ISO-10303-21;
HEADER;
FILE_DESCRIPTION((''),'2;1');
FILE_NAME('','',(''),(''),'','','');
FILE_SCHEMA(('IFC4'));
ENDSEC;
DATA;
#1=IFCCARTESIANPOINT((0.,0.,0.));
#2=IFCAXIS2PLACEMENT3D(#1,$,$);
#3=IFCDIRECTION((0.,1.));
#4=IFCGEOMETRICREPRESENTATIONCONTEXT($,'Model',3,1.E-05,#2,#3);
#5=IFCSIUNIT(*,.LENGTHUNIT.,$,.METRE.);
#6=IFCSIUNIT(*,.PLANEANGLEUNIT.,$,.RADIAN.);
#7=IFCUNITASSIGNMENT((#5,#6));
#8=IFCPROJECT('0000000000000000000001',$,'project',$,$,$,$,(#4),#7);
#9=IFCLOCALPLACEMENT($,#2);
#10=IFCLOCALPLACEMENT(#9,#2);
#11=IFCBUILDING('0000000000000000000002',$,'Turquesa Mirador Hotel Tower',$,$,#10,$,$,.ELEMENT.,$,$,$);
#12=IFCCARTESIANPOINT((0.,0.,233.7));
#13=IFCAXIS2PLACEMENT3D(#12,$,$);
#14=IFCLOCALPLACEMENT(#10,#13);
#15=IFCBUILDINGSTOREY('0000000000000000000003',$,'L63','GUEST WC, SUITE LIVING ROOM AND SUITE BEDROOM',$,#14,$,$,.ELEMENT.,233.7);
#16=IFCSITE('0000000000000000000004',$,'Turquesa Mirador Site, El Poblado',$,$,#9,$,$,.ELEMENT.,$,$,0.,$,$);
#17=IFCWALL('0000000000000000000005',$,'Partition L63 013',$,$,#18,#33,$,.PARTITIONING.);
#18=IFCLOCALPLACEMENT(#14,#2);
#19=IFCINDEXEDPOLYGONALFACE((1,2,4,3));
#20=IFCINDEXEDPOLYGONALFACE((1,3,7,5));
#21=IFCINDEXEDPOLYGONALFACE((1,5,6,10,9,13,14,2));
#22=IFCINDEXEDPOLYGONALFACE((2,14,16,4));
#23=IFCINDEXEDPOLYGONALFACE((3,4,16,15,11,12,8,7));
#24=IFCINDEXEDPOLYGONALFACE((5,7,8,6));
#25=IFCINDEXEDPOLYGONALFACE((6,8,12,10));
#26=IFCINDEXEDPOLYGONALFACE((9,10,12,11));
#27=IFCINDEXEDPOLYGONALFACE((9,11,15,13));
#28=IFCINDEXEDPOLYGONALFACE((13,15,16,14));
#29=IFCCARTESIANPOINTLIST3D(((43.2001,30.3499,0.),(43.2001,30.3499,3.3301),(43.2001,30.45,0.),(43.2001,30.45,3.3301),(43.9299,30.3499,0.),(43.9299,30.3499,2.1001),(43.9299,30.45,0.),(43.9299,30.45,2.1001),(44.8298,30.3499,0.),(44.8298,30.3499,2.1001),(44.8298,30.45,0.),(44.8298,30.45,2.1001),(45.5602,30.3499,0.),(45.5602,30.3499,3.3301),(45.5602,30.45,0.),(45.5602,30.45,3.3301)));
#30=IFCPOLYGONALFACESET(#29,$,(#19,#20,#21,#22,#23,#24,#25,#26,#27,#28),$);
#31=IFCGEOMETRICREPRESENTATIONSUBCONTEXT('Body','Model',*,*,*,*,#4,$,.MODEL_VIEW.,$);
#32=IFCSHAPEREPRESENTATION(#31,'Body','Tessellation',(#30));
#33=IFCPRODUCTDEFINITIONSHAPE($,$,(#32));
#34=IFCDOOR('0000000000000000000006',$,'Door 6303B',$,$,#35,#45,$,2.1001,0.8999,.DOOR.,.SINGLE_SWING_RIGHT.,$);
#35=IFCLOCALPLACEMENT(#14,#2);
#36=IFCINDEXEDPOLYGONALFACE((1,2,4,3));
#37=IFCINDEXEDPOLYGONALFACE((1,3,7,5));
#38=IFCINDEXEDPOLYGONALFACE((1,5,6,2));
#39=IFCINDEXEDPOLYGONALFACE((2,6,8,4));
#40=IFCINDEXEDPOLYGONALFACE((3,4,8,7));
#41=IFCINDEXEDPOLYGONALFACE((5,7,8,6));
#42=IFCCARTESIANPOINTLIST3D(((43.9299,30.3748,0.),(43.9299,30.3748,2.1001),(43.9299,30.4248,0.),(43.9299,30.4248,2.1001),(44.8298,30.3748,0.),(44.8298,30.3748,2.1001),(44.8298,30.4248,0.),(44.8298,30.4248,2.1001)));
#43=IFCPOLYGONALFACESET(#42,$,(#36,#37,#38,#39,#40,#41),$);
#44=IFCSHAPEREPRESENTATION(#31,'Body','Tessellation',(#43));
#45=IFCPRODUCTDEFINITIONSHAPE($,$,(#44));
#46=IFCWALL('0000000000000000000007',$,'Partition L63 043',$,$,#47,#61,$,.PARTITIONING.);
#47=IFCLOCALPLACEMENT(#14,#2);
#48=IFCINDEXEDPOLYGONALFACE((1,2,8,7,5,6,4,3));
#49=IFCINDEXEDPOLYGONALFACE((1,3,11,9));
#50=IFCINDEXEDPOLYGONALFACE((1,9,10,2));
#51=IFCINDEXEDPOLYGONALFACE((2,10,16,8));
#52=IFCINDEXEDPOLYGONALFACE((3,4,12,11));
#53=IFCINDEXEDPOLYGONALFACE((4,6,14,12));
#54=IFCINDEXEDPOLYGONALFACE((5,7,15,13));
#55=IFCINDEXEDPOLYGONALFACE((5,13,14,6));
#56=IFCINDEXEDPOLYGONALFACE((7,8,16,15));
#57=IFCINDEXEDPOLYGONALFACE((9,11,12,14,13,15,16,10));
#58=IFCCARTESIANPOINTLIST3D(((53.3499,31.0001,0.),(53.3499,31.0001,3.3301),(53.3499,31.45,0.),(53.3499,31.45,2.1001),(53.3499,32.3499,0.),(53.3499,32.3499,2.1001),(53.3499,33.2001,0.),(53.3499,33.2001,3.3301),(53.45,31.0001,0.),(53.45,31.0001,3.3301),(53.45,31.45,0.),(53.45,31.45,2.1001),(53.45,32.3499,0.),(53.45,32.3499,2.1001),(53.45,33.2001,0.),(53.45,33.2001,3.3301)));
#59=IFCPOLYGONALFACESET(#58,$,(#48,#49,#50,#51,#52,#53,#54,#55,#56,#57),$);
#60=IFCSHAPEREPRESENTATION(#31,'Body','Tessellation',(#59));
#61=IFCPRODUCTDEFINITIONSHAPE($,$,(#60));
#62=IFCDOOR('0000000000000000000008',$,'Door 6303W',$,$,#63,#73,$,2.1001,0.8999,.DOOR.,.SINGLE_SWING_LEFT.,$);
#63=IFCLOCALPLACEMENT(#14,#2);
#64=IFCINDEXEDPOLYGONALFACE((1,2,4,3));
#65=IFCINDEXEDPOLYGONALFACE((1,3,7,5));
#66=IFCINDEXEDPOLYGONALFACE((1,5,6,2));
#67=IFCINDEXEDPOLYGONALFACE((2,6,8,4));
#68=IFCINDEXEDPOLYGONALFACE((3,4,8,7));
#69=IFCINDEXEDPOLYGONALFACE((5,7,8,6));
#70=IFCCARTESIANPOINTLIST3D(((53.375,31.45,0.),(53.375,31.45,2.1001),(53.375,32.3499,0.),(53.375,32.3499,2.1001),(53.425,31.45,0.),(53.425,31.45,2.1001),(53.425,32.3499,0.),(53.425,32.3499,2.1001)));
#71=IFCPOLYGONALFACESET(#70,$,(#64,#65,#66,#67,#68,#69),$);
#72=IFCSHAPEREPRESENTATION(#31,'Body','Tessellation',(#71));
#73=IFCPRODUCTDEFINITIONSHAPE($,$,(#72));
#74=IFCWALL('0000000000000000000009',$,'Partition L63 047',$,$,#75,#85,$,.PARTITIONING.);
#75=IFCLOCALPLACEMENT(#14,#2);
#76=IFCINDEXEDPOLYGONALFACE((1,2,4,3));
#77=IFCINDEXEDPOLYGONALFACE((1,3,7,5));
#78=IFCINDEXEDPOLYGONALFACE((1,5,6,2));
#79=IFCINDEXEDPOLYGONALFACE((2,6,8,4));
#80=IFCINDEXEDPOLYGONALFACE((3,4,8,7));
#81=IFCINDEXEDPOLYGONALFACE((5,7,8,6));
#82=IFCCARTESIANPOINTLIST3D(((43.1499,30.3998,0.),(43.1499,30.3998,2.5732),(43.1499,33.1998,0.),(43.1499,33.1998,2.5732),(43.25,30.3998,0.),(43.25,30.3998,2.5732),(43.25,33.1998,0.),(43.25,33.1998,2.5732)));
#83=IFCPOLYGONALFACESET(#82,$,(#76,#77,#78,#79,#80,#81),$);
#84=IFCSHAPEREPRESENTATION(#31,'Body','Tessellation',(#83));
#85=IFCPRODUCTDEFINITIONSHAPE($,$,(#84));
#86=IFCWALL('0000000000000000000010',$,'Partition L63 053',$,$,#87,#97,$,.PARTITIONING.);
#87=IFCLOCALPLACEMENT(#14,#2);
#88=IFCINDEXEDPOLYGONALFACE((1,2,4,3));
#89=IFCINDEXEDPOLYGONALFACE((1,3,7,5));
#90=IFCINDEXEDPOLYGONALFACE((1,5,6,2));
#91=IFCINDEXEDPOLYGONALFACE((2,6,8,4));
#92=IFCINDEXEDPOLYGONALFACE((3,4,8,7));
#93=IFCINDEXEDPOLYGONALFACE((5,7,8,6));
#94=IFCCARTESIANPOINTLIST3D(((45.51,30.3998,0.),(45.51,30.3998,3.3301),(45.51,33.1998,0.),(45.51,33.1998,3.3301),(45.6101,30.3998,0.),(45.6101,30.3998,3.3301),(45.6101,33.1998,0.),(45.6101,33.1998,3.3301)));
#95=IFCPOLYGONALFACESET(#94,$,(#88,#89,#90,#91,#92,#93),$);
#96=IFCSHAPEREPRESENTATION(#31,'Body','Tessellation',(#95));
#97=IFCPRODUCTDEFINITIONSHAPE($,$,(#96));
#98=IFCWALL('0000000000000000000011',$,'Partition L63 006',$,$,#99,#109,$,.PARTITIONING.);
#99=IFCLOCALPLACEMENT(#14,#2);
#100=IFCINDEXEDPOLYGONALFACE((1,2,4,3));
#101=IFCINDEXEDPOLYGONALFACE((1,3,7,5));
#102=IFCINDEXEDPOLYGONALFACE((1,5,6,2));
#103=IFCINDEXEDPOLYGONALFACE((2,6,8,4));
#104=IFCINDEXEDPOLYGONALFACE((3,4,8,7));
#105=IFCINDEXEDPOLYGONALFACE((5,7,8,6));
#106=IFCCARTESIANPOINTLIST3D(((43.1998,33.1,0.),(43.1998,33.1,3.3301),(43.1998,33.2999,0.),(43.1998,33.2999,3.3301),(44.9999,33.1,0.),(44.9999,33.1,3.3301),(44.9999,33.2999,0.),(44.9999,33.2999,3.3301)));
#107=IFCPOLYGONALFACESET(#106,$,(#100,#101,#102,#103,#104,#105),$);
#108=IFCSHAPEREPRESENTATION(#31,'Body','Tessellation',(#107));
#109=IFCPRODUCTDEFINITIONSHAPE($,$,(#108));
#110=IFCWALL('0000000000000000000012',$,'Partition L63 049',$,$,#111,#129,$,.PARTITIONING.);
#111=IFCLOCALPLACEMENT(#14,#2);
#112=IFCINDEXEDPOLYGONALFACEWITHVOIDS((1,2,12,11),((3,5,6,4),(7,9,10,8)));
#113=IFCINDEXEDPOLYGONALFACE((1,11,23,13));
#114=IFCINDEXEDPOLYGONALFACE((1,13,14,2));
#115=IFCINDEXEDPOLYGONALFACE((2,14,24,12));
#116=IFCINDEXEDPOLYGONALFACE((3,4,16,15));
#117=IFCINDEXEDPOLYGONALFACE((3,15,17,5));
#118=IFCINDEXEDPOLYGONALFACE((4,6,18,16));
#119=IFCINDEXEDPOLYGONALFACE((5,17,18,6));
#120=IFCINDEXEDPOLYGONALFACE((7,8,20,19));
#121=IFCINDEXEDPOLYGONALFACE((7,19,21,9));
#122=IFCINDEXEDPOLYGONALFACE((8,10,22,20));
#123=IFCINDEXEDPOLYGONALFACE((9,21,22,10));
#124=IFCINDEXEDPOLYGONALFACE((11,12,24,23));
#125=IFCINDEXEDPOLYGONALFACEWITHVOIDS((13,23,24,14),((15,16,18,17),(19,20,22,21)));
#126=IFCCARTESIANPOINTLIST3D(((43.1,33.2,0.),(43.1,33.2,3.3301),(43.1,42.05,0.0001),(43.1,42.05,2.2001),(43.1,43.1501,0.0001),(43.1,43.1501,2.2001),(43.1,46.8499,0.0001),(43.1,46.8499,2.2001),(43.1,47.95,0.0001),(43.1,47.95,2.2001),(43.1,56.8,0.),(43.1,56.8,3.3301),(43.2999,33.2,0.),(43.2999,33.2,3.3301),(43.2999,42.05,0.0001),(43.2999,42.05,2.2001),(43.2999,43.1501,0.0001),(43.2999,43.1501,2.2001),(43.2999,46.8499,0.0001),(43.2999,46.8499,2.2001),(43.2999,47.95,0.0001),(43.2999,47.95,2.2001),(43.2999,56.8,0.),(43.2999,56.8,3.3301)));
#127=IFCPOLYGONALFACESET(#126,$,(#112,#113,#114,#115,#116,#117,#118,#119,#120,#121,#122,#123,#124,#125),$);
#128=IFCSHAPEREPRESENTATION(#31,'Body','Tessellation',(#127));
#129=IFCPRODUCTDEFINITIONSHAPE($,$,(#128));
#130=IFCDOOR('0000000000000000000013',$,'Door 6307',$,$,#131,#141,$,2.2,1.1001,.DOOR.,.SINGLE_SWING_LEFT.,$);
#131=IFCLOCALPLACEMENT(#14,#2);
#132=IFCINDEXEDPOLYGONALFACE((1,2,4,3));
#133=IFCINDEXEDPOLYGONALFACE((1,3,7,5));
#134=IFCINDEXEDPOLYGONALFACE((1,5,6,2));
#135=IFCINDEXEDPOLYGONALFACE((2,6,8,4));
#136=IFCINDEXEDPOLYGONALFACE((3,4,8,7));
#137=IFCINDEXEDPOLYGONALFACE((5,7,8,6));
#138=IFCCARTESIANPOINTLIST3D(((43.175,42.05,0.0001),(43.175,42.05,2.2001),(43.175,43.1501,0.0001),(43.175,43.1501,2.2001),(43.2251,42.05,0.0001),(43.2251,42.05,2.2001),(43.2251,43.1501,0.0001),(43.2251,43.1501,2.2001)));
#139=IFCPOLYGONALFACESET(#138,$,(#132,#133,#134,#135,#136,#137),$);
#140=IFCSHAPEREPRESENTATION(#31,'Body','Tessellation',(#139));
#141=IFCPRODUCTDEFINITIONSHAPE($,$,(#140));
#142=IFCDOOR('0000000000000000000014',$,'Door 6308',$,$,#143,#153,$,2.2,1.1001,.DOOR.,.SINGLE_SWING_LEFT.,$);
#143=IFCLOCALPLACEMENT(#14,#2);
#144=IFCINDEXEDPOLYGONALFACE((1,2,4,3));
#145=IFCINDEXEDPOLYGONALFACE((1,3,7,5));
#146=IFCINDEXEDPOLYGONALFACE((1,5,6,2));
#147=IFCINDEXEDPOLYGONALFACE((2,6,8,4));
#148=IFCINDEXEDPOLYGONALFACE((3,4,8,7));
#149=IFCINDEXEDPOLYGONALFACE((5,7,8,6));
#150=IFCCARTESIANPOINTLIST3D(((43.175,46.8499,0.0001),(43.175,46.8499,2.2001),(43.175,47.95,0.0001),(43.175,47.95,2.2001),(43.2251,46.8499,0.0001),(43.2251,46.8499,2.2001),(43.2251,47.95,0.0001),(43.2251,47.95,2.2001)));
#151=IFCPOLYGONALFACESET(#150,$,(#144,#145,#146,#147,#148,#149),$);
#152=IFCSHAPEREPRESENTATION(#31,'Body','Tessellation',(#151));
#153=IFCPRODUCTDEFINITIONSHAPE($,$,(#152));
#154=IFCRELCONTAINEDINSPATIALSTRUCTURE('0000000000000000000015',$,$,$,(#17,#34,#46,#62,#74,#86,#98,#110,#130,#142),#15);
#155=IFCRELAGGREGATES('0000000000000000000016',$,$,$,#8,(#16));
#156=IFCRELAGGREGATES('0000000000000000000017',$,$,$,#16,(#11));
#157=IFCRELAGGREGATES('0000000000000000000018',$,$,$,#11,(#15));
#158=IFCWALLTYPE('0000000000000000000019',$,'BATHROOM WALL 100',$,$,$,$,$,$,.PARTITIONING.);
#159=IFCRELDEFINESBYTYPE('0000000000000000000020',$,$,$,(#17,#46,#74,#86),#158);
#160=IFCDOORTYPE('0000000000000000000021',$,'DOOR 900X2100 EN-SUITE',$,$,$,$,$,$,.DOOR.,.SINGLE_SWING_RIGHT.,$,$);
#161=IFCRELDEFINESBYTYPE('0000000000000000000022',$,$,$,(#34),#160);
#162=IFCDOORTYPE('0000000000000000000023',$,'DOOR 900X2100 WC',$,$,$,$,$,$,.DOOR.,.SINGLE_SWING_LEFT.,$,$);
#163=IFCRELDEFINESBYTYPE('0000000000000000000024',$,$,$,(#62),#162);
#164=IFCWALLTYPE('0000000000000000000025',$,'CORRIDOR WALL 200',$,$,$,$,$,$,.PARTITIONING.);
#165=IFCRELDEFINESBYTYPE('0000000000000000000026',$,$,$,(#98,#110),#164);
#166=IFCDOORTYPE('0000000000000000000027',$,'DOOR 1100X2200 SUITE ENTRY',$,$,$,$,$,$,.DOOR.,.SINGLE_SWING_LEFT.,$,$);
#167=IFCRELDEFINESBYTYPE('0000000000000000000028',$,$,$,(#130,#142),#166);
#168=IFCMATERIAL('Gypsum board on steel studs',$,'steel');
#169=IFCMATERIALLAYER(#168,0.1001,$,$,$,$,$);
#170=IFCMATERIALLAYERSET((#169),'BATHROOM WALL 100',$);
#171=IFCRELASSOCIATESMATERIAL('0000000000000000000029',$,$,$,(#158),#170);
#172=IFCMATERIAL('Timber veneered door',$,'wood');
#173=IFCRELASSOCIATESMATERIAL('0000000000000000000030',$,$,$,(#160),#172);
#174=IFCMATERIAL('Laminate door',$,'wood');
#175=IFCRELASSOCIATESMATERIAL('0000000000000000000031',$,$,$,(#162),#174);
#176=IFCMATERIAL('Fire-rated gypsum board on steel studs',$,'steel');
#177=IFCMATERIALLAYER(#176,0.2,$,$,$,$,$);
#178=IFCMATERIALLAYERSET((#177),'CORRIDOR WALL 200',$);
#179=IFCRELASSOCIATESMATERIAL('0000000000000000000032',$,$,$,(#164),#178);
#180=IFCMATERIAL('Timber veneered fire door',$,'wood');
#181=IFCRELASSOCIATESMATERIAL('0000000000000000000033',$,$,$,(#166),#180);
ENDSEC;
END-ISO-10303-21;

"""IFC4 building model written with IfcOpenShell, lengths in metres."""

from ifc_helpers import new_model, si_unit, direction, frame, frame_2d, origin, place, context, subcontext, project, spatial, rectangle, extrude, material, layer, layer_set, type_object, element, fill, save


model = new_model("IFC4")

# Units and contexts
model_context = context("Model", 3, precision=1e-05, world=origin(), true_north=direction((0.0, 1.0)))
body_context = subcontext(model_context, "Body", "Model", "MODEL_VIEW")
ifc_project = project(units=[si_unit("LENGTHUNIT", "METRE"), si_unit("PLANEANGLEUNIT", "RADIAN")], contexts=[model_context])

# Site, building, storey
site_placement = place(None, origin())
site = spatial("IfcSite", under=ifc_project, at=site_placement, Name="Turquesa Mirador Site, El Poblado", CompositionType="ELEMENT", RefElevation=0.0)
building_placement = place(site_placement, origin())
building = spatial("IfcBuilding", under=site, at=building_placement, Name="Turquesa Mirador Hotel Tower", CompositionType="ELEMENT")
storey_placement = place(building_placement, frame((0.0, 0.0, 233.7)))
storey = spatial("IfcBuildingStorey", under=building, at=storey_placement, Name="L63", Description="GUEST WC, SUITE LIVING ROOM AND SUITE BEDROOM", CompositionType="ELEMENT", Elevation=233.7)

# Shared definitions
ifc_material_1 = material(Name="Gypsum board on steel studs", Category="steel")
ifc_layer_1 = layer(ifc_material_1, 0.1001)
ifc_layer_set_1 = layer_set([ifc_layer_1], Name="BATHROOM WALL 100")
wall_type_1 = type_object("IfcWallType", Name="BATHROOM WALL 100", PredefinedType="PARTITIONING", material=ifc_layer_set_1)

# Walls, openings, doors
wall_1_placement = place(storey_placement, frame((43.2, 30.3999, 0.0), z_axis=(0.0, 0.0, 1.0), x_axis=(1.0, 0.0, 0.0)))
wall_1 = element("IfcWall", 1, at=wall_1_placement, inside=storey, type_object=wall_type_1, Name="Partition L63 013", PredefinedType="PARTITIONING", context=body_context, shape_type="SweptSolid", body=[
    extrude(rectangle(XDim=2.3601, YDim=0.1001, at=frame_2d((1.1802, 0.0))), origin(), (0.0, 0.0, 1.0), 3.3301),
])
opening_1_placement = place(wall_1_placement, frame((0.73, 0.0, 0.0)))
opening_1 = element("IfcOpeningElement", 2, at=opening_1_placement, cuts=wall_1, PredefinedType="OPENING", context=body_context, shape_type="SweptSolid", body=[
    extrude(rectangle(XDim=0.8999, YDim=2.1001, at=frame_2d((0.45, 1.05))), frame((0.0, 0.0601, 0.0), z_axis=(0.0, -1.0, 0.0), x_axis=(1.0, 0.0, 0.0)), (0.0, 0.0, 1.0), 0.1201),
])
ifc_material_2 = material(Name="Timber veneered door", Category="wood")
door_type_1 = type_object("IfcDoorType", Name="DOOR 900X2100 EN-SUITE", OperationType="SINGLE_SWING_RIGHT", PredefinedType="DOOR", material=ifc_material_2)
door_1_placement = place(opening_1_placement, origin())
door_1 = element("IfcDoor", 3, at=door_1_placement, inside=storey, type_object=door_type_1, Name="Door 6303B", OperationType="SINGLE_SWING_RIGHT", OverallHeight=2.1001, OverallWidth=0.8999, PredefinedType="DOOR", context=body_context, shape_type="SweptSolid", body=[
    extrude(rectangle(XDim=0.8999, YDim=2.1001, at=frame_2d((0.45, 1.05))), frame((0.0, 0.0249, 0.0), z_axis=(0.0, -1.0, 0.0), x_axis=(1.0, 0.0, 0.0)), (0.0, 0.0, 1.0), 0.05),
])
fill(opening_1, door_1)
wall_2_placement = place(storey_placement, frame((53.3999, 31.0, 0.0), z_axis=(0.0, 0.0, 1.0), x_axis=(0.0, 1.0, 0.0)))
wall_2 = element("IfcWall", 4, at=wall_2_placement, inside=storey, type_object=wall_type_1, Name="Partition L63 043", PredefinedType="PARTITIONING", context=body_context, shape_type="SweptSolid", body=[
    extrude(rectangle(XDim=2.2, YDim=0.1001, at=frame_2d((1.1001, 0.0))), origin(), (0.0, 0.0, 1.0), 3.3301),
])
opening_2_placement = place(wall_2_placement, frame((0.45, 0.0, 0.0)))
opening_2 = element("IfcOpeningElement", 5, at=opening_2_placement, cuts=wall_2, PredefinedType="OPENING", context=body_context, shape_type="SweptSolid", body=[
    extrude(rectangle(XDim=0.8999, YDim=2.1001, at=frame_2d((0.45, 1.05))), frame((0.0, 0.0601, 0.0), z_axis=(0.0, -1.0, 0.0), x_axis=(1.0, 0.0, 0.0)), (0.0, 0.0, 1.0), 0.1201),
])
ifc_material_3 = material(Name="Laminate door", Category="wood")
door_type_2 = type_object("IfcDoorType", Name="DOOR 900X2100 WC", OperationType="SINGLE_SWING_LEFT", PredefinedType="DOOR", material=ifc_material_3)
door_2_placement = place(opening_2_placement, origin())
door_2 = element("IfcDoor", 6, at=door_2_placement, inside=storey, type_object=door_type_2, Name="Door 6303W", OperationType="SINGLE_SWING_LEFT", OverallHeight=2.1001, OverallWidth=0.8999, PredefinedType="DOOR", context=body_context, shape_type="SweptSolid", body=[
    extrude(rectangle(XDim=0.8999, YDim=2.1001, at=frame_2d((0.45, 1.05))), frame((0.0, 0.0249, 0.0), z_axis=(0.0, -1.0, 0.0), x_axis=(1.0, 0.0, 0.0)), (0.0, 0.0, 1.0), 0.05),
])
fill(opening_2, door_2)

# Walls
wall_3_placement = place(storey_placement, frame((43.2, 30.3999, 0.0), z_axis=(0.0, 0.0, 1.0), x_axis=(0.0, 1.0, 0.0)))
element("IfcWall", 7, at=wall_3_placement, inside=storey, type_object=wall_type_1, Name="Partition L63 047", PredefinedType="PARTITIONING", context=body_context, shape_type="SweptSolid", body=[
    extrude(rectangle(XDim=2.8, YDim=0.1001, at=frame_2d((1.3999, 0.0))), origin(), (0.0, 0.0, 1.0), 2.5732),
])
wall_4_placement = place(storey_placement, frame((45.5601, 30.3999, 0.0), z_axis=(0.0, 0.0, 1.0), x_axis=(0.0, 1.0, 0.0)))
element("IfcWall", 8, at=wall_4_placement, inside=storey, type_object=wall_type_1, Name="Partition L63 053", PredefinedType="PARTITIONING", context=body_context, shape_type="SweptSolid", body=[
    extrude(rectangle(XDim=2.8, YDim=0.1001, at=frame_2d((1.3999, 0.0))), origin(), (0.0, 0.0, 1.0), 3.3301),
])
ifc_material_4 = material(Name="Fire-rated gypsum board on steel studs", Category="steel")
ifc_layer_2 = layer(ifc_material_4, 0.2)
ifc_layer_set_2 = layer_set([ifc_layer_2], Name="CORRIDOR WALL 200")
wall_type_2 = type_object("IfcWallType", Name="CORRIDOR WALL 200", PredefinedType="PARTITIONING", material=ifc_layer_set_2)
wall_5_placement = place(storey_placement, frame((43.2, 33.2, 0.0), z_axis=(0.0, 0.0, 1.0), x_axis=(1.0, 0.0, 0.0)))
element("IfcWall", 9, at=wall_5_placement, inside=storey, type_object=wall_type_2, Name="Partition L63 006", PredefinedType="PARTITIONING", context=body_context, shape_type="SweptSolid", body=[
    extrude(rectangle(XDim=1.8, YDim=0.2, at=frame_2d((0.8999, 0.0))), origin(), (0.0, 0.0, 1.0), 3.3301),
])

# Wall, openings, doors
wall_6_placement = place(storey_placement, frame((43.2, 33.2, 0.0), z_axis=(0.0, 0.0, 1.0), x_axis=(0.0, 1.0, 0.0)))
wall_6 = element("IfcWall", 10, at=wall_6_placement, inside=storey, type_object=wall_type_2, Name="Partition L63 049", PredefinedType="PARTITIONING", context=body_context, shape_type="SweptSolid", body=[
    extrude(rectangle(XDim=23.6001, YDim=0.2, at=frame_2d((11.8, 0.0))), origin(), (0.0, 0.0, 1.0), 3.3301),
])
opening_3_placement = place(wall_6_placement, frame((8.8501, 0.0, 0.0)))
opening_3 = element("IfcOpeningElement", 11, at=opening_3_placement, cuts=wall_6, PredefinedType="OPENING", context=body_context, shape_type="SweptSolid", body=[
    extrude(rectangle(XDim=1.1001, YDim=2.2, at=frame_2d((0.55, 1.1001))), frame((0.0, 0.1099, 0.0), z_axis=(0.0, -1.0, 0.0), x_axis=(1.0, 0.0, 0.0)), (0.0, 0.0, 1.0), 0.22),
])
opening_4_placement = place(wall_6_placement, frame((13.6499, 0.0, 0.0)))
opening_4 = element("IfcOpeningElement", 12, at=opening_4_placement, cuts=wall_6, PredefinedType="OPENING", context=body_context, shape_type="SweptSolid", body=[
    extrude(rectangle(XDim=1.1001, YDim=2.2, at=frame_2d((0.55, 1.1001))), frame((0.0, 0.1099, 0.0), z_axis=(0.0, -1.0, 0.0), x_axis=(1.0, 0.0, 0.0)), (0.0, 0.0, 1.0), 0.22),
])
ifc_material_5 = material(Name="Timber veneered fire door", Category="wood")
door_type_3 = type_object("IfcDoorType", Name="DOOR 1100X2200 SUITE ENTRY", OperationType="SINGLE_SWING_LEFT", PredefinedType="DOOR", material=ifc_material_5)
door_3_placement = place(opening_3_placement, origin())
door_3 = element("IfcDoor", 13, at=door_3_placement, inside=storey, type_object=door_type_3, Name="Door 6307", OperationType="SINGLE_SWING_LEFT", OverallHeight=2.2, OverallWidth=1.1001, PredefinedType="DOOR", context=body_context, shape_type="SweptSolid", body=[
    extrude(rectangle(XDim=1.1001, YDim=2.2, at=frame_2d((0.55, 1.1001))), frame((0.0, 0.0249, 0.0), z_axis=(0.0, -1.0, 0.0), x_axis=(1.0, 0.0, 0.0)), (0.0, 0.0, 1.0), 0.05),
])
fill(opening_3, door_3)
door_4_placement = place(opening_4_placement, origin())
door_4 = element("IfcDoor", 14, at=door_4_placement, inside=storey, type_object=door_type_3, Name="Door 6308", OperationType="SINGLE_SWING_LEFT", OverallHeight=2.2, OverallWidth=1.1001, PredefinedType="DOOR", context=body_context, shape_type="SweptSolid", body=[
    extrude(rectangle(XDim=1.1001, YDim=2.2, at=frame_2d((0.55, 1.1001))), frame((0.0, 0.0249, 0.0), z_axis=(0.0, -1.0, 0.0), x_axis=(1.0, 0.0, 0.0)), (0.0, 0.0, 1.0), 0.05),
])
fill(opening_4, door_4)

save(model, "model.ifc")
